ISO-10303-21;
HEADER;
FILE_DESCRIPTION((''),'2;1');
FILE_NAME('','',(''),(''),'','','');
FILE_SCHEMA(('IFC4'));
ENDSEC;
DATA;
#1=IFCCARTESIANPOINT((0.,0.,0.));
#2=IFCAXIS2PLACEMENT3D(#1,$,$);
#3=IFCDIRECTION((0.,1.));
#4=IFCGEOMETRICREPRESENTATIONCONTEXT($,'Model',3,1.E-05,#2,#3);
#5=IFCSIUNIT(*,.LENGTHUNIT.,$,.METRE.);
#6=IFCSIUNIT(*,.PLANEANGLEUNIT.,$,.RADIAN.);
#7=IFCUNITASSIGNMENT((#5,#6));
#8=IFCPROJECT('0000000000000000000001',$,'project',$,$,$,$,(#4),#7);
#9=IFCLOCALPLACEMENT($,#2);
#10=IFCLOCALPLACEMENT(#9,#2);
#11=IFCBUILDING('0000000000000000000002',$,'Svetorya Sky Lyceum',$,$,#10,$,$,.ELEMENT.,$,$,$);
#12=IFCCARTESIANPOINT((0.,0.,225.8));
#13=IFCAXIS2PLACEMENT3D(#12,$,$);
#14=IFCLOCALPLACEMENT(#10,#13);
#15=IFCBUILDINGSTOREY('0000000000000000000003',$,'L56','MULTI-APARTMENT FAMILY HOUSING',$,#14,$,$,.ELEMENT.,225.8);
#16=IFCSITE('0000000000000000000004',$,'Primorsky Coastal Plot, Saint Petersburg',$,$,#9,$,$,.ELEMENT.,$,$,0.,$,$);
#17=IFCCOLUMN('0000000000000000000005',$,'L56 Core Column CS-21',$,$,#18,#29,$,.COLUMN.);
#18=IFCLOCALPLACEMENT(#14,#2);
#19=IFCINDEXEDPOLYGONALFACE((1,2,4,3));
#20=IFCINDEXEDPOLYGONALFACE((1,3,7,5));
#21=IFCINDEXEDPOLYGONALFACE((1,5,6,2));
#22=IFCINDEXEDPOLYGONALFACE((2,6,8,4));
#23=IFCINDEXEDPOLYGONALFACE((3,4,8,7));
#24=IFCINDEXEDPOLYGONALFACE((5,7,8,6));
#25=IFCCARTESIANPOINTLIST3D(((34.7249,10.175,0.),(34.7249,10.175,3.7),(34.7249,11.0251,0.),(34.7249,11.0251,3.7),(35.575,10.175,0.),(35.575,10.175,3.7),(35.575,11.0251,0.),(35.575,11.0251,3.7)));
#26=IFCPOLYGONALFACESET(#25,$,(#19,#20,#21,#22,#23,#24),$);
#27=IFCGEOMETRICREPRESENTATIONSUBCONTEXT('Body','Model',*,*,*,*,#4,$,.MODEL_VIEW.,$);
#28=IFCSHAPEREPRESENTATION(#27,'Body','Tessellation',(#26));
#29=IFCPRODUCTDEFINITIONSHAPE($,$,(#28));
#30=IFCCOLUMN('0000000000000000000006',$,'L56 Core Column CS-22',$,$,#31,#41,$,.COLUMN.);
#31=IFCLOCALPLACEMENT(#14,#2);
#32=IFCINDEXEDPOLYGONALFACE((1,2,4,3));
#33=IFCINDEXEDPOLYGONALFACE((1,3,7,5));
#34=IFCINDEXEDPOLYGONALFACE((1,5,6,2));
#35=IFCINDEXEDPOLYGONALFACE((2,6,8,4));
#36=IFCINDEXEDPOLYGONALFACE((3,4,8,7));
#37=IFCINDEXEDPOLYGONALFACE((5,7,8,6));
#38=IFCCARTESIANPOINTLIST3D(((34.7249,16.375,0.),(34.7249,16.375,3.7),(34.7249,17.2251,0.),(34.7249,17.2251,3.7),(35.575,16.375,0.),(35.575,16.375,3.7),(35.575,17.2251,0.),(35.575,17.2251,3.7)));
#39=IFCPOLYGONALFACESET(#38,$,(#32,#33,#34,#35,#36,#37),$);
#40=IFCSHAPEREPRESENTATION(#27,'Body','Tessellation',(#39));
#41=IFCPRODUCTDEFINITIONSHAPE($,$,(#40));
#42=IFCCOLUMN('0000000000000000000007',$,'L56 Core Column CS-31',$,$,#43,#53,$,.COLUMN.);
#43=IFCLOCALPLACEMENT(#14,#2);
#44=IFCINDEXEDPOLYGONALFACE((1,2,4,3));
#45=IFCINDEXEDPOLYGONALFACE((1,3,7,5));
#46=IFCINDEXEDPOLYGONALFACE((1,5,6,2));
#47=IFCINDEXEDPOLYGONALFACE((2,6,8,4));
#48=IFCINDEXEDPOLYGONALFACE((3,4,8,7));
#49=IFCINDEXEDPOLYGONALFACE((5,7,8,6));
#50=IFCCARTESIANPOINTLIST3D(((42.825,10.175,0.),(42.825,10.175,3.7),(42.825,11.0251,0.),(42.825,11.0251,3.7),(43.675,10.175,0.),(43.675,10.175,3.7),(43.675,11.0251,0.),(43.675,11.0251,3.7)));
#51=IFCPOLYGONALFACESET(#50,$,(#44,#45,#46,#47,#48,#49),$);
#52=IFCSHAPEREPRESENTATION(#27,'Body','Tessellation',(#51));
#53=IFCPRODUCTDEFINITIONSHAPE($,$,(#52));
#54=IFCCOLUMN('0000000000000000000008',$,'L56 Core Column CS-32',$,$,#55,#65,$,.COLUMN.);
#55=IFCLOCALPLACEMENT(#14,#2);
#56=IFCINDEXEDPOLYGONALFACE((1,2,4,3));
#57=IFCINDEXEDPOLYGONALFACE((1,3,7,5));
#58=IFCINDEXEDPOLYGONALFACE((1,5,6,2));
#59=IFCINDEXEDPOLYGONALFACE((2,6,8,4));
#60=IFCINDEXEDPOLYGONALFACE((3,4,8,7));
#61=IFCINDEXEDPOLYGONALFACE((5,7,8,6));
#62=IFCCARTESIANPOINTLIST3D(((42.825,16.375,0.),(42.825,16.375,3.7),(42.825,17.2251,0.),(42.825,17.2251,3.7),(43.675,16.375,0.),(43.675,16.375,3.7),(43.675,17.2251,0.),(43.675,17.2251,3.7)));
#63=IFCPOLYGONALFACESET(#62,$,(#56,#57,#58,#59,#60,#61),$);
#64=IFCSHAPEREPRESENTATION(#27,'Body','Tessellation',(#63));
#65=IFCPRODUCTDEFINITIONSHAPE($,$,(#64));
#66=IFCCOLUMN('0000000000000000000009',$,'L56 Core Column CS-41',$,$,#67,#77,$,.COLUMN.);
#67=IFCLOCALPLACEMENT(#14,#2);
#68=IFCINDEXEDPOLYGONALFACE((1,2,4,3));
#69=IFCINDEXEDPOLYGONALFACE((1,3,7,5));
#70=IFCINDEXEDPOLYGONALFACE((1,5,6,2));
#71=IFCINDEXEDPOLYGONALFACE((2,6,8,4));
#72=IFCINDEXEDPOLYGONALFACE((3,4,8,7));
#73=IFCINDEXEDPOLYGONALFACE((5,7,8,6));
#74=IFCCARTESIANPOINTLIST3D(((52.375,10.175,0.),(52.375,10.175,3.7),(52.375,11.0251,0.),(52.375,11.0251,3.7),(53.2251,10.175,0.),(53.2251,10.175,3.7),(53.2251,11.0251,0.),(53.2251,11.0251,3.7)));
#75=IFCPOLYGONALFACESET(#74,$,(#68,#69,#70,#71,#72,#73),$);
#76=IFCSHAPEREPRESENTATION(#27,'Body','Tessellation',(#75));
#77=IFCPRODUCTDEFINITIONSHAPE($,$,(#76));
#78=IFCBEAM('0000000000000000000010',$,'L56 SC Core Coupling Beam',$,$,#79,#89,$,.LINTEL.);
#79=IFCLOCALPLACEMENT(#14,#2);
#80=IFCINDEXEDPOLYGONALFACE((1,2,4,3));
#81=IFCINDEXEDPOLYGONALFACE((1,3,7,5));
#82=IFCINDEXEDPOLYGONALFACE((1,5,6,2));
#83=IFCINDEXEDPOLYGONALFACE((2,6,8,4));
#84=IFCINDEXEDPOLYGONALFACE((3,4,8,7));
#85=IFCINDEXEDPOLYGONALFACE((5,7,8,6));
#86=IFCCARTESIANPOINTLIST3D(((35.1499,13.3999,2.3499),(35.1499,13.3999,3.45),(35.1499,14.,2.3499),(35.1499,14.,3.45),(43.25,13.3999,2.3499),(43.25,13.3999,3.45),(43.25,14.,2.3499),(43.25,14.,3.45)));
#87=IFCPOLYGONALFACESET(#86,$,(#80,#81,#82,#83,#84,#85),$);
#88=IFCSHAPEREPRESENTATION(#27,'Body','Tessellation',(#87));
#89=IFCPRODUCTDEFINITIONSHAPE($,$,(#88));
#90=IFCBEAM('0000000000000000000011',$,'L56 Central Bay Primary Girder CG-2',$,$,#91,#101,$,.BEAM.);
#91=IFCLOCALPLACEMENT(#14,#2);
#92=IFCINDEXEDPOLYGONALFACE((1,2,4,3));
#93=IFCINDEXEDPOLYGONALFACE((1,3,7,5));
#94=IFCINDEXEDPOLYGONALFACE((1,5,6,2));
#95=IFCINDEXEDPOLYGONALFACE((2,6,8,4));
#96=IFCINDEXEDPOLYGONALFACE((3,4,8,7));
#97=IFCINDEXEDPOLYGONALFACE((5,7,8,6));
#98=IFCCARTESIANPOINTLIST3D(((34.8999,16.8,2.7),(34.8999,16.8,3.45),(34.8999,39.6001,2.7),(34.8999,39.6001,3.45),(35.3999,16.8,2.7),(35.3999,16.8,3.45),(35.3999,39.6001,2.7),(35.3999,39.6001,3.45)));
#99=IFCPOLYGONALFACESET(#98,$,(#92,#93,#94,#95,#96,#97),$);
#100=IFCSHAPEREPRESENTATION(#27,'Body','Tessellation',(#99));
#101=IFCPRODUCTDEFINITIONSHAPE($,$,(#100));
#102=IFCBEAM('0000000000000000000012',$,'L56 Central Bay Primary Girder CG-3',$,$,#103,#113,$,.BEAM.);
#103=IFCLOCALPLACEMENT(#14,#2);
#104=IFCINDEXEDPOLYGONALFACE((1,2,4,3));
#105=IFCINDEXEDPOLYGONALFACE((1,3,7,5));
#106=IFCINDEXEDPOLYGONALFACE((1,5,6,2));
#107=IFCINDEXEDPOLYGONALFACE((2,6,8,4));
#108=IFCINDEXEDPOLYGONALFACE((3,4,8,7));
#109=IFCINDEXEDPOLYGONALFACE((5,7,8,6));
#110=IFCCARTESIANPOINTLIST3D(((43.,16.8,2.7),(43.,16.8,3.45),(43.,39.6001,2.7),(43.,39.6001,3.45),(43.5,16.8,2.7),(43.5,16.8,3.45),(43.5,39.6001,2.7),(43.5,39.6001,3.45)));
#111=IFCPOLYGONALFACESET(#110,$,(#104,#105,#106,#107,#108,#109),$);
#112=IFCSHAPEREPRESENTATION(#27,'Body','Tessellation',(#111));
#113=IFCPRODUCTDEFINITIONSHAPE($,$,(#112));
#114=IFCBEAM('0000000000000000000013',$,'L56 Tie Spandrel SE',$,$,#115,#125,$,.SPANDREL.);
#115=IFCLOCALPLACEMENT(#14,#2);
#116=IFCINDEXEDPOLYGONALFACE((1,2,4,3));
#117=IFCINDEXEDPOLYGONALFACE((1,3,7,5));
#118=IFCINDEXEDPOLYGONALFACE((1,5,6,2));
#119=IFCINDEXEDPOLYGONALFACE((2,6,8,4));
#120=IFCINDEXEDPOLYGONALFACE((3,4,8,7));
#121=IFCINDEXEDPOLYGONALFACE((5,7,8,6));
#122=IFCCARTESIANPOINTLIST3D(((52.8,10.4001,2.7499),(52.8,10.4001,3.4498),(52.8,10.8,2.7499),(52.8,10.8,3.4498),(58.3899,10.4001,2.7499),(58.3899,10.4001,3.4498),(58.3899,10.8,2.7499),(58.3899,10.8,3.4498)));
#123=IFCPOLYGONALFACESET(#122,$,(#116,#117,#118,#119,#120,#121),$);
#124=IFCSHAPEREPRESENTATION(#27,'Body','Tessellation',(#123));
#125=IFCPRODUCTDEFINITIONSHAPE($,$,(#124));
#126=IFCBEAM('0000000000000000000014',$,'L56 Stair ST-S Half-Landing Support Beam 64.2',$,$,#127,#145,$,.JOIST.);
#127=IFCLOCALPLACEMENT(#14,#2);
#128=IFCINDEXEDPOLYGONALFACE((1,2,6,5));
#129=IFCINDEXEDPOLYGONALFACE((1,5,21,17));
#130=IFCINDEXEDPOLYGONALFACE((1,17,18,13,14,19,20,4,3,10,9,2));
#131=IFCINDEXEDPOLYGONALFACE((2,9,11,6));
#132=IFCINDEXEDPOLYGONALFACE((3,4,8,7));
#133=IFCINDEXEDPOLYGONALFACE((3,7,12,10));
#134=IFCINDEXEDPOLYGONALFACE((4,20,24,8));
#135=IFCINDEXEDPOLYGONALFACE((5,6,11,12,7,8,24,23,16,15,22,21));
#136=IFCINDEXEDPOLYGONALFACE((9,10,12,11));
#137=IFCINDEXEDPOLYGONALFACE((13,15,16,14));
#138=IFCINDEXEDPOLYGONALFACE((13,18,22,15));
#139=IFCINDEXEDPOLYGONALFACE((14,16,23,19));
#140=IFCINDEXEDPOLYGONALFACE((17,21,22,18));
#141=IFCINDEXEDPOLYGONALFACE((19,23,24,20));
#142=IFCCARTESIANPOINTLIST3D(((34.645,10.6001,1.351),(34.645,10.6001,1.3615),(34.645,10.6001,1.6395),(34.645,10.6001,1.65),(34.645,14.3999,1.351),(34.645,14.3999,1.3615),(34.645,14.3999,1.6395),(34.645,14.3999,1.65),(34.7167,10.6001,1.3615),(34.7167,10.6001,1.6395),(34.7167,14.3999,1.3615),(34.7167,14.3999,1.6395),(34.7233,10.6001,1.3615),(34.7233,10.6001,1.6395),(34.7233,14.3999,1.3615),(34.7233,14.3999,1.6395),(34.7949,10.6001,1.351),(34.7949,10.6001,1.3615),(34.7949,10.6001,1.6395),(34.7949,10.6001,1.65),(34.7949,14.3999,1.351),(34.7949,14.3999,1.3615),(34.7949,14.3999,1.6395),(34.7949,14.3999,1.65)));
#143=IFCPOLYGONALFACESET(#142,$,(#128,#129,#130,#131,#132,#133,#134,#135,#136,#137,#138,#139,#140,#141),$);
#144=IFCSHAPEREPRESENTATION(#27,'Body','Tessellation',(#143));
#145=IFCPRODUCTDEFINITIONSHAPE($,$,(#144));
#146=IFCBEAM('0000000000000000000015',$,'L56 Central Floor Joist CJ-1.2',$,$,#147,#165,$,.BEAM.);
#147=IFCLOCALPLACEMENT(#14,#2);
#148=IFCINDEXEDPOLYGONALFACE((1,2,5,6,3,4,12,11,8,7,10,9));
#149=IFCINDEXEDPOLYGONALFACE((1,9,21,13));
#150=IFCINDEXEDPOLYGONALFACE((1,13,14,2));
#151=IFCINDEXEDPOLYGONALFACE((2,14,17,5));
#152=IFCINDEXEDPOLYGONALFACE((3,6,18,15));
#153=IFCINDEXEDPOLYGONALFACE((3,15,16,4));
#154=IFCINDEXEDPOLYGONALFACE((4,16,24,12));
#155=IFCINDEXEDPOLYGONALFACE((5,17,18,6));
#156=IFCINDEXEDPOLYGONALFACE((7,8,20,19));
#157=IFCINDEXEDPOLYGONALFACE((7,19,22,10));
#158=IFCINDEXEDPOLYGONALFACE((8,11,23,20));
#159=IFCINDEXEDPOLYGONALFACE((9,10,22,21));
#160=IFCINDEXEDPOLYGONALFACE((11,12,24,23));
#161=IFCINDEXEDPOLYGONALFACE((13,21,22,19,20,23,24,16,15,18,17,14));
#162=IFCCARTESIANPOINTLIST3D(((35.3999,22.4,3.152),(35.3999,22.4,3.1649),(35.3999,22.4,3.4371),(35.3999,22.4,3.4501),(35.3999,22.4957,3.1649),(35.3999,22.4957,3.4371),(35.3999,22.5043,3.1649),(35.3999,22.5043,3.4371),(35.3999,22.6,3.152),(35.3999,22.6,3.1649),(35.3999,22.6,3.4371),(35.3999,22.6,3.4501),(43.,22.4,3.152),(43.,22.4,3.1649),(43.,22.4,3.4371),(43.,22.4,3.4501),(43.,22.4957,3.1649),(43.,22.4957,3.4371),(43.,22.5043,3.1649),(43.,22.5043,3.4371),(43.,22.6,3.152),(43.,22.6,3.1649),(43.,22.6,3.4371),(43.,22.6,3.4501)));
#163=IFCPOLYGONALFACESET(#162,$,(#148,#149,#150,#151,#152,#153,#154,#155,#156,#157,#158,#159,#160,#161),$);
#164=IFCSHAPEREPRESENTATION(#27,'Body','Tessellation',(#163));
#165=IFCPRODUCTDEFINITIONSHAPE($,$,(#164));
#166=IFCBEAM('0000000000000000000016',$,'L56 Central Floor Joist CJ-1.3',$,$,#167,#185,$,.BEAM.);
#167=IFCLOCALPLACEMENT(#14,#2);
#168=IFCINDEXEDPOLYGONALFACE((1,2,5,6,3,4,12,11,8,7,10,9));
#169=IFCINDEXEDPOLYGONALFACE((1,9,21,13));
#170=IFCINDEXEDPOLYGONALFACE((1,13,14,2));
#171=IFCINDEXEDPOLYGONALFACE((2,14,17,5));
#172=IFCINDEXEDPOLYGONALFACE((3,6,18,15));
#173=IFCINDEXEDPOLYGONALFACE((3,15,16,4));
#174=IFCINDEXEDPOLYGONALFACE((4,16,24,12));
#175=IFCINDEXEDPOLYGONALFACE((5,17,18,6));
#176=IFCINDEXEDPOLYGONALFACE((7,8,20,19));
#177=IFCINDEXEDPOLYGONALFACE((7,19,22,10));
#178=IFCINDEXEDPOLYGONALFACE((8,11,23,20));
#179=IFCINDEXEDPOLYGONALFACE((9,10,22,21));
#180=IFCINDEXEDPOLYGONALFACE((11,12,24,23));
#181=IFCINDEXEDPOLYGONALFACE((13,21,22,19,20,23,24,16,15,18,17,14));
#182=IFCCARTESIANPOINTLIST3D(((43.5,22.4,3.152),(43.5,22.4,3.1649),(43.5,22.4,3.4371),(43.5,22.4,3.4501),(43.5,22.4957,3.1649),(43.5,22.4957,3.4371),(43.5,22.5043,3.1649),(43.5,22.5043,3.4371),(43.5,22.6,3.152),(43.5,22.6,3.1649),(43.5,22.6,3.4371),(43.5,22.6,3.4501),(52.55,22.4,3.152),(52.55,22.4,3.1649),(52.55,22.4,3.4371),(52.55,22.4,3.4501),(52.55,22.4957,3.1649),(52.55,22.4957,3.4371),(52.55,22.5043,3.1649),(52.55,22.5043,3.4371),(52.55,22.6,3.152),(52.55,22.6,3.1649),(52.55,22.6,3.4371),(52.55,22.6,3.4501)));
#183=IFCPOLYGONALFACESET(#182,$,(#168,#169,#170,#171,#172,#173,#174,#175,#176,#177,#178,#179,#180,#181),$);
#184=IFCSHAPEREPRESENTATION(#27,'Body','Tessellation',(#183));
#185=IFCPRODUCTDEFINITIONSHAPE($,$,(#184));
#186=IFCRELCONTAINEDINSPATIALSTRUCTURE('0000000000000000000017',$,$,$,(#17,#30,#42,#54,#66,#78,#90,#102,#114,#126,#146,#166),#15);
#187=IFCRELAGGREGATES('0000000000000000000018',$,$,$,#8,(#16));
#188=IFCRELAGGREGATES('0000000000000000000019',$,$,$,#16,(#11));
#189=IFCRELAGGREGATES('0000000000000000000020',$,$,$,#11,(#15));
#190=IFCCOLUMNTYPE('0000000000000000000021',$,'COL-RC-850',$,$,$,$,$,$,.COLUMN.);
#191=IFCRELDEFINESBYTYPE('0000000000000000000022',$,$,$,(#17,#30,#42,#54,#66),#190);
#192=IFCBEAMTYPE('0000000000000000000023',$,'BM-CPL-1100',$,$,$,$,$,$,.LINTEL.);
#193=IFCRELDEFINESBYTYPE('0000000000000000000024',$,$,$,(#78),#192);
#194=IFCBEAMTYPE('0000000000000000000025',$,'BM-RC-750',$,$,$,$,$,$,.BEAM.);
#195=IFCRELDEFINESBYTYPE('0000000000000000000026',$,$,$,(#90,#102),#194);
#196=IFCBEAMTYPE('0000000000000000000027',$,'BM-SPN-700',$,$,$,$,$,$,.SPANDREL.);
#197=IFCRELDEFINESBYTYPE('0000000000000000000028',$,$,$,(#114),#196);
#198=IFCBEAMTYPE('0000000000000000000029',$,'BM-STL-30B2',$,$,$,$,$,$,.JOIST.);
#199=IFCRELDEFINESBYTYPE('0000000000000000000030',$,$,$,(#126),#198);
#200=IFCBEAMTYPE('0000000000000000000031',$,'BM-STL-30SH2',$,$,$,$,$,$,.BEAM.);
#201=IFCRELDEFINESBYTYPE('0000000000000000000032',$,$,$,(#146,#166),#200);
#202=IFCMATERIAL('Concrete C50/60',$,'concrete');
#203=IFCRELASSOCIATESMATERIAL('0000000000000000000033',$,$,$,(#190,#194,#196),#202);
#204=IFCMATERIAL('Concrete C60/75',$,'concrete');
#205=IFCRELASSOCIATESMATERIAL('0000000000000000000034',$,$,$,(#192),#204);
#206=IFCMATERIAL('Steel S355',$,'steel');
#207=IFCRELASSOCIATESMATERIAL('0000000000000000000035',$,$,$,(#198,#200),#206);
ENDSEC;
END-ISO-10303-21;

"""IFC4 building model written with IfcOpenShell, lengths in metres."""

from ifc_helpers import new_model, si_unit, direction, frame, origin, origin_2d, place, context, subcontext, project, spatial, rectangle, i_section, extrude, material, material_profile, profile_set, type_object, element, save


model = new_model("IFC4")

# Units and contexts
model_context = context("Model", 3, precision=1e-05, world=origin(), true_north=direction((0.0, 1.0)))
body_context = subcontext(model_context, "Body", "Model", "MODEL_VIEW")
ifc_project = project(units=[si_unit("LENGTHUNIT", "METRE"), si_unit("PLANEANGLEUNIT", "RADIAN")], contexts=[model_context])

# Site, building, storey
site_placement = place(None, origin())
site = spatial("IfcSite", under=ifc_project, at=site_placement, Name="Primorsky Coastal Plot, Saint Petersburg", CompositionType="ELEMENT", RefElevation=0.0)
building_placement = place(site_placement, origin())
building = spatial("IfcBuilding", under=site, at=building_placement, Name="Svetorya Sky Lyceum", CompositionType="ELEMENT")
storey_placement = place(building_placement, frame((0.0, 0.0, 225.8)))
storey = spatial("IfcBuildingStorey", under=building, at=storey_placement, Name="L56", Description="MULTI-APARTMENT FAMILY HOUSING", CompositionType="ELEMENT", Elevation=225.8)

# Columns
ifc_material_1 = material(Name="Concrete C50/60", Category="concrete")
ifc_material_profile_1 = material_profile(ifc_material_1, rectangle(XDim=0.8501, YDim=0.8501, at=origin_2d()), Name="RC COL 850x850")
ifc_profile_set_1 = profile_set([ifc_material_profile_1], Name="Concrete C50/60")
column_type = type_object("IfcColumnType", Name="COL-RC-850", PredefinedType="COLUMN", material=ifc_profile_set_1)
for number, where, z_axis, x_axis, name in (
    (1, (35.1499, 10.6001, 0.0), (0.0, 0.0, 1.0), (1.0, 0.0, 0.0), "L56 Core Column CS-21"),
    (2, (35.1499, 16.8, 0.0), (0.0, 0.0, 1.0), (1.0, 0.0, 0.0), "L56 Core Column CS-22"),
    (3, (43.25, 10.6001, 0.0), (0.0, 0.0, 1.0), (1.0, 0.0, 0.0), "L56 Core Column CS-31"),
    (4, (43.25, 16.8, 0.0), (0.0, 0.0, 1.0), (1.0, 0.0, 0.0), "L56 Core Column CS-32"),
    (5, (52.8, 10.6001, 0.0), (0.0, 0.0, 1.0), (1.0, 0.0, 0.0), "L56 Core Column CS-41"),
):
    element("IfcColumn", number, at=place(storey_placement, frame(where, z_axis=z_axis, x_axis=x_axis)), inside=storey, type_object=column_type, Name=name, PredefinedType="COLUMN", context=body_context, shape_type="SweptSolid", body=[
        extrude(rectangle(XDim=0.8501, YDim=0.8501, at=origin_2d()), origin(), (0.0, 0.0, 1.0), 3.7),
    ])

# Beams
ifc_material_2 = material(Name="Concrete C60/75", Category="concrete")
ifc_material_profile_2 = material_profile(ifc_material_2, rectangle(XDim=0.6001, YDim=1.1001, at=origin_2d()), Name="RC COUPLING 600x1100")
ifc_profile_set_2 = profile_set([ifc_material_profile_2], Name="Concrete C60/75")
beam_type_1 = type_object("IfcBeamType", Name="BM-CPL-1100", PredefinedType="LINTEL", material=ifc_profile_set_2)
beam_1_placement = place(storey_placement, frame((35.1499, 13.7, 2.8999), z_axis=(1.0, 0.0, 0.0), x_axis=(0.0, 1.0, 0.0)))
element("IfcBeam", 6, at=beam_1_placement, inside=storey, type_object=beam_type_1, Name="L56 SC Core Coupling Beam", PredefinedType="LINTEL", context=body_context, shape_type="SweptSolid", body=[
    extrude(rectangle(XDim=0.6001, YDim=1.1001, at=origin_2d()), origin(), (0.0, 0.0, 1.0), 8.1001),
])
ifc_material_profile_3 = material_profile(ifc_material_1, rectangle(XDim=0.5, YDim=0.75, at=origin_2d()), Name="RC BEAM 500x750")
ifc_profile_set_3 = profile_set([ifc_material_profile_3], Name="Concrete C50/60")
beam_type_2 = type_object("IfcBeamType", Name="BM-RC-750", PredefinedType="BEAM", material=ifc_profile_set_3)
for number, where, z_axis, x_axis, name in (
    (7, (35.1499, 16.8, 3.075), (0.0, 1.0, 0.0), (-1.0, 0.0, 0.0), "L56 Central Bay Primary Girder CG-2"),
    (8, (43.25, 16.8, 3.075), (0.0, 1.0, 0.0), (-1.0, 0.0, 0.0), "L56 Central Bay Primary Girder CG-3"),
):
    element("IfcBeam", number, at=place(storey_placement, frame(where, z_axis=z_axis, x_axis=x_axis)), inside=storey, type_object=beam_type_2, Name=name, PredefinedType="BEAM", context=body_context, shape_type="SweptSolid", body=[
        extrude(rectangle(XDim=0.5, YDim=0.75, at=origin_2d()), origin(), (0.0, 0.0, 1.0), 22.8),
    ])
ifc_material_profile_4 = material_profile(ifc_material_1, rectangle(XDim=0.3999, YDim=0.7, at=origin_2d()), Name="RC SPANDREL 400x700")
ifc_profile_set_4 = profile_set([ifc_material_profile_4], Name="Concrete C50/60")
beam_type_3 = type_object("IfcBeamType", Name="BM-SPN-700", PredefinedType="SPANDREL", material=ifc_profile_set_4)
beam_2_placement = place(storey_placement, frame((52.8, 10.6001, 3.0999), z_axis=(1.0, 0.0, 0.0), x_axis=(0.0, 1.0, 0.0)))
element("IfcBeam", 9, at=beam_2_placement, inside=storey, type_object=beam_type_3, Name="L56 Tie Spandrel SE", PredefinedType="SPANDREL", context=body_context, shape_type="SweptSolid", body=[
    extrude(rectangle(XDim=0.3999, YDim=0.7, at=origin_2d()), origin(), (0.0, 0.0, 1.0), 5.5898),
])
ifc_material_3 = material(Name="Steel S355", Category="steel")
ifc_material_profile_5 = material_profile(ifc_material_3, i_section(OverallWidth=0.1499, OverallDepth=0.2991, WebThickness=0.0066, FlangeThickness=0.0105, at=origin_2d()), Name="GOST 30B2")
ifc_profile_set_5 = profile_set([ifc_material_profile_5], Name="Steel S355")
beam_type_4 = type_object("IfcBeamType", Name="BM-STL-30B2", PredefinedType="JOIST", material=ifc_profile_set_5)
beam_3_placement = place(storey_placement, frame((34.72, 10.6001, 1.5005), z_axis=(0.0, 1.0, 0.0), x_axis=(-1.0, 0.0, 0.0)))
element("IfcBeam", 10, at=beam_3_placement, inside=storey, type_object=beam_type_4, Name="L56 Stair ST-S Half-Landing Support Beam 64.2", PredefinedType="JOIST", context=body_context, shape_type="SweptSolid", body=[
    extrude(i_section(OverallWidth=0.1499, OverallDepth=0.2991, WebThickness=0.0066, FlangeThickness=0.0105, at=origin_2d()), origin(), (0.0, 0.0, 1.0), 3.7998),
])
ifc_material_profile_6 = material_profile(ifc_material_3, i_section(OverallWidth=0.2, OverallDepth=0.2981, WebThickness=0.0085, FlangeThickness=0.0129, at=origin_2d()), Name="GOST 30Sh2")
ifc_profile_set_6 = profile_set([ifc_material_profile_6], Name="Steel S355")
beam_type_5 = type_object("IfcBeamType", Name="BM-STL-30SH2", PredefinedType="BEAM", material=ifc_profile_set_6)
beam_4_placement = place(storey_placement, frame((35.3999, 22.5, 3.301), z_axis=(1.0, 0.0, 0.0), x_axis=(0.0, 1.0, 0.0)))
element("IfcBeam", 11, at=beam_4_placement, inside=storey, type_object=beam_type_5, Name="L56 Central Floor Joist CJ-1.2", PredefinedType="BEAM", context=body_context, shape_type="SweptSolid", body=[
    extrude(i_section(OverallWidth=0.2, OverallDepth=0.2981, WebThickness=0.0085, FlangeThickness=0.0129, at=origin_2d()), origin(), (0.0, 0.0, 1.0), 7.6001),
])
beam_5_placement = place(storey_placement, frame((43.5, 22.5, 3.301), z_axis=(1.0, 0.0, 0.0), x_axis=(0.0, 1.0, 0.0)))
element("IfcBeam", 12, at=beam_5_placement, inside=storey, type_object=beam_type_5, Name="L56 Central Floor Joist CJ-1.3", PredefinedType="BEAM", context=body_context, shape_type="SweptSolid", body=[
    extrude(i_section(OverallWidth=0.2, OverallDepth=0.2981, WebThickness=0.0085, FlangeThickness=0.0129, at=origin_2d()), origin(), (0.0, 0.0, 1.0), 9.05),
])

save(model, "model.ifc")
